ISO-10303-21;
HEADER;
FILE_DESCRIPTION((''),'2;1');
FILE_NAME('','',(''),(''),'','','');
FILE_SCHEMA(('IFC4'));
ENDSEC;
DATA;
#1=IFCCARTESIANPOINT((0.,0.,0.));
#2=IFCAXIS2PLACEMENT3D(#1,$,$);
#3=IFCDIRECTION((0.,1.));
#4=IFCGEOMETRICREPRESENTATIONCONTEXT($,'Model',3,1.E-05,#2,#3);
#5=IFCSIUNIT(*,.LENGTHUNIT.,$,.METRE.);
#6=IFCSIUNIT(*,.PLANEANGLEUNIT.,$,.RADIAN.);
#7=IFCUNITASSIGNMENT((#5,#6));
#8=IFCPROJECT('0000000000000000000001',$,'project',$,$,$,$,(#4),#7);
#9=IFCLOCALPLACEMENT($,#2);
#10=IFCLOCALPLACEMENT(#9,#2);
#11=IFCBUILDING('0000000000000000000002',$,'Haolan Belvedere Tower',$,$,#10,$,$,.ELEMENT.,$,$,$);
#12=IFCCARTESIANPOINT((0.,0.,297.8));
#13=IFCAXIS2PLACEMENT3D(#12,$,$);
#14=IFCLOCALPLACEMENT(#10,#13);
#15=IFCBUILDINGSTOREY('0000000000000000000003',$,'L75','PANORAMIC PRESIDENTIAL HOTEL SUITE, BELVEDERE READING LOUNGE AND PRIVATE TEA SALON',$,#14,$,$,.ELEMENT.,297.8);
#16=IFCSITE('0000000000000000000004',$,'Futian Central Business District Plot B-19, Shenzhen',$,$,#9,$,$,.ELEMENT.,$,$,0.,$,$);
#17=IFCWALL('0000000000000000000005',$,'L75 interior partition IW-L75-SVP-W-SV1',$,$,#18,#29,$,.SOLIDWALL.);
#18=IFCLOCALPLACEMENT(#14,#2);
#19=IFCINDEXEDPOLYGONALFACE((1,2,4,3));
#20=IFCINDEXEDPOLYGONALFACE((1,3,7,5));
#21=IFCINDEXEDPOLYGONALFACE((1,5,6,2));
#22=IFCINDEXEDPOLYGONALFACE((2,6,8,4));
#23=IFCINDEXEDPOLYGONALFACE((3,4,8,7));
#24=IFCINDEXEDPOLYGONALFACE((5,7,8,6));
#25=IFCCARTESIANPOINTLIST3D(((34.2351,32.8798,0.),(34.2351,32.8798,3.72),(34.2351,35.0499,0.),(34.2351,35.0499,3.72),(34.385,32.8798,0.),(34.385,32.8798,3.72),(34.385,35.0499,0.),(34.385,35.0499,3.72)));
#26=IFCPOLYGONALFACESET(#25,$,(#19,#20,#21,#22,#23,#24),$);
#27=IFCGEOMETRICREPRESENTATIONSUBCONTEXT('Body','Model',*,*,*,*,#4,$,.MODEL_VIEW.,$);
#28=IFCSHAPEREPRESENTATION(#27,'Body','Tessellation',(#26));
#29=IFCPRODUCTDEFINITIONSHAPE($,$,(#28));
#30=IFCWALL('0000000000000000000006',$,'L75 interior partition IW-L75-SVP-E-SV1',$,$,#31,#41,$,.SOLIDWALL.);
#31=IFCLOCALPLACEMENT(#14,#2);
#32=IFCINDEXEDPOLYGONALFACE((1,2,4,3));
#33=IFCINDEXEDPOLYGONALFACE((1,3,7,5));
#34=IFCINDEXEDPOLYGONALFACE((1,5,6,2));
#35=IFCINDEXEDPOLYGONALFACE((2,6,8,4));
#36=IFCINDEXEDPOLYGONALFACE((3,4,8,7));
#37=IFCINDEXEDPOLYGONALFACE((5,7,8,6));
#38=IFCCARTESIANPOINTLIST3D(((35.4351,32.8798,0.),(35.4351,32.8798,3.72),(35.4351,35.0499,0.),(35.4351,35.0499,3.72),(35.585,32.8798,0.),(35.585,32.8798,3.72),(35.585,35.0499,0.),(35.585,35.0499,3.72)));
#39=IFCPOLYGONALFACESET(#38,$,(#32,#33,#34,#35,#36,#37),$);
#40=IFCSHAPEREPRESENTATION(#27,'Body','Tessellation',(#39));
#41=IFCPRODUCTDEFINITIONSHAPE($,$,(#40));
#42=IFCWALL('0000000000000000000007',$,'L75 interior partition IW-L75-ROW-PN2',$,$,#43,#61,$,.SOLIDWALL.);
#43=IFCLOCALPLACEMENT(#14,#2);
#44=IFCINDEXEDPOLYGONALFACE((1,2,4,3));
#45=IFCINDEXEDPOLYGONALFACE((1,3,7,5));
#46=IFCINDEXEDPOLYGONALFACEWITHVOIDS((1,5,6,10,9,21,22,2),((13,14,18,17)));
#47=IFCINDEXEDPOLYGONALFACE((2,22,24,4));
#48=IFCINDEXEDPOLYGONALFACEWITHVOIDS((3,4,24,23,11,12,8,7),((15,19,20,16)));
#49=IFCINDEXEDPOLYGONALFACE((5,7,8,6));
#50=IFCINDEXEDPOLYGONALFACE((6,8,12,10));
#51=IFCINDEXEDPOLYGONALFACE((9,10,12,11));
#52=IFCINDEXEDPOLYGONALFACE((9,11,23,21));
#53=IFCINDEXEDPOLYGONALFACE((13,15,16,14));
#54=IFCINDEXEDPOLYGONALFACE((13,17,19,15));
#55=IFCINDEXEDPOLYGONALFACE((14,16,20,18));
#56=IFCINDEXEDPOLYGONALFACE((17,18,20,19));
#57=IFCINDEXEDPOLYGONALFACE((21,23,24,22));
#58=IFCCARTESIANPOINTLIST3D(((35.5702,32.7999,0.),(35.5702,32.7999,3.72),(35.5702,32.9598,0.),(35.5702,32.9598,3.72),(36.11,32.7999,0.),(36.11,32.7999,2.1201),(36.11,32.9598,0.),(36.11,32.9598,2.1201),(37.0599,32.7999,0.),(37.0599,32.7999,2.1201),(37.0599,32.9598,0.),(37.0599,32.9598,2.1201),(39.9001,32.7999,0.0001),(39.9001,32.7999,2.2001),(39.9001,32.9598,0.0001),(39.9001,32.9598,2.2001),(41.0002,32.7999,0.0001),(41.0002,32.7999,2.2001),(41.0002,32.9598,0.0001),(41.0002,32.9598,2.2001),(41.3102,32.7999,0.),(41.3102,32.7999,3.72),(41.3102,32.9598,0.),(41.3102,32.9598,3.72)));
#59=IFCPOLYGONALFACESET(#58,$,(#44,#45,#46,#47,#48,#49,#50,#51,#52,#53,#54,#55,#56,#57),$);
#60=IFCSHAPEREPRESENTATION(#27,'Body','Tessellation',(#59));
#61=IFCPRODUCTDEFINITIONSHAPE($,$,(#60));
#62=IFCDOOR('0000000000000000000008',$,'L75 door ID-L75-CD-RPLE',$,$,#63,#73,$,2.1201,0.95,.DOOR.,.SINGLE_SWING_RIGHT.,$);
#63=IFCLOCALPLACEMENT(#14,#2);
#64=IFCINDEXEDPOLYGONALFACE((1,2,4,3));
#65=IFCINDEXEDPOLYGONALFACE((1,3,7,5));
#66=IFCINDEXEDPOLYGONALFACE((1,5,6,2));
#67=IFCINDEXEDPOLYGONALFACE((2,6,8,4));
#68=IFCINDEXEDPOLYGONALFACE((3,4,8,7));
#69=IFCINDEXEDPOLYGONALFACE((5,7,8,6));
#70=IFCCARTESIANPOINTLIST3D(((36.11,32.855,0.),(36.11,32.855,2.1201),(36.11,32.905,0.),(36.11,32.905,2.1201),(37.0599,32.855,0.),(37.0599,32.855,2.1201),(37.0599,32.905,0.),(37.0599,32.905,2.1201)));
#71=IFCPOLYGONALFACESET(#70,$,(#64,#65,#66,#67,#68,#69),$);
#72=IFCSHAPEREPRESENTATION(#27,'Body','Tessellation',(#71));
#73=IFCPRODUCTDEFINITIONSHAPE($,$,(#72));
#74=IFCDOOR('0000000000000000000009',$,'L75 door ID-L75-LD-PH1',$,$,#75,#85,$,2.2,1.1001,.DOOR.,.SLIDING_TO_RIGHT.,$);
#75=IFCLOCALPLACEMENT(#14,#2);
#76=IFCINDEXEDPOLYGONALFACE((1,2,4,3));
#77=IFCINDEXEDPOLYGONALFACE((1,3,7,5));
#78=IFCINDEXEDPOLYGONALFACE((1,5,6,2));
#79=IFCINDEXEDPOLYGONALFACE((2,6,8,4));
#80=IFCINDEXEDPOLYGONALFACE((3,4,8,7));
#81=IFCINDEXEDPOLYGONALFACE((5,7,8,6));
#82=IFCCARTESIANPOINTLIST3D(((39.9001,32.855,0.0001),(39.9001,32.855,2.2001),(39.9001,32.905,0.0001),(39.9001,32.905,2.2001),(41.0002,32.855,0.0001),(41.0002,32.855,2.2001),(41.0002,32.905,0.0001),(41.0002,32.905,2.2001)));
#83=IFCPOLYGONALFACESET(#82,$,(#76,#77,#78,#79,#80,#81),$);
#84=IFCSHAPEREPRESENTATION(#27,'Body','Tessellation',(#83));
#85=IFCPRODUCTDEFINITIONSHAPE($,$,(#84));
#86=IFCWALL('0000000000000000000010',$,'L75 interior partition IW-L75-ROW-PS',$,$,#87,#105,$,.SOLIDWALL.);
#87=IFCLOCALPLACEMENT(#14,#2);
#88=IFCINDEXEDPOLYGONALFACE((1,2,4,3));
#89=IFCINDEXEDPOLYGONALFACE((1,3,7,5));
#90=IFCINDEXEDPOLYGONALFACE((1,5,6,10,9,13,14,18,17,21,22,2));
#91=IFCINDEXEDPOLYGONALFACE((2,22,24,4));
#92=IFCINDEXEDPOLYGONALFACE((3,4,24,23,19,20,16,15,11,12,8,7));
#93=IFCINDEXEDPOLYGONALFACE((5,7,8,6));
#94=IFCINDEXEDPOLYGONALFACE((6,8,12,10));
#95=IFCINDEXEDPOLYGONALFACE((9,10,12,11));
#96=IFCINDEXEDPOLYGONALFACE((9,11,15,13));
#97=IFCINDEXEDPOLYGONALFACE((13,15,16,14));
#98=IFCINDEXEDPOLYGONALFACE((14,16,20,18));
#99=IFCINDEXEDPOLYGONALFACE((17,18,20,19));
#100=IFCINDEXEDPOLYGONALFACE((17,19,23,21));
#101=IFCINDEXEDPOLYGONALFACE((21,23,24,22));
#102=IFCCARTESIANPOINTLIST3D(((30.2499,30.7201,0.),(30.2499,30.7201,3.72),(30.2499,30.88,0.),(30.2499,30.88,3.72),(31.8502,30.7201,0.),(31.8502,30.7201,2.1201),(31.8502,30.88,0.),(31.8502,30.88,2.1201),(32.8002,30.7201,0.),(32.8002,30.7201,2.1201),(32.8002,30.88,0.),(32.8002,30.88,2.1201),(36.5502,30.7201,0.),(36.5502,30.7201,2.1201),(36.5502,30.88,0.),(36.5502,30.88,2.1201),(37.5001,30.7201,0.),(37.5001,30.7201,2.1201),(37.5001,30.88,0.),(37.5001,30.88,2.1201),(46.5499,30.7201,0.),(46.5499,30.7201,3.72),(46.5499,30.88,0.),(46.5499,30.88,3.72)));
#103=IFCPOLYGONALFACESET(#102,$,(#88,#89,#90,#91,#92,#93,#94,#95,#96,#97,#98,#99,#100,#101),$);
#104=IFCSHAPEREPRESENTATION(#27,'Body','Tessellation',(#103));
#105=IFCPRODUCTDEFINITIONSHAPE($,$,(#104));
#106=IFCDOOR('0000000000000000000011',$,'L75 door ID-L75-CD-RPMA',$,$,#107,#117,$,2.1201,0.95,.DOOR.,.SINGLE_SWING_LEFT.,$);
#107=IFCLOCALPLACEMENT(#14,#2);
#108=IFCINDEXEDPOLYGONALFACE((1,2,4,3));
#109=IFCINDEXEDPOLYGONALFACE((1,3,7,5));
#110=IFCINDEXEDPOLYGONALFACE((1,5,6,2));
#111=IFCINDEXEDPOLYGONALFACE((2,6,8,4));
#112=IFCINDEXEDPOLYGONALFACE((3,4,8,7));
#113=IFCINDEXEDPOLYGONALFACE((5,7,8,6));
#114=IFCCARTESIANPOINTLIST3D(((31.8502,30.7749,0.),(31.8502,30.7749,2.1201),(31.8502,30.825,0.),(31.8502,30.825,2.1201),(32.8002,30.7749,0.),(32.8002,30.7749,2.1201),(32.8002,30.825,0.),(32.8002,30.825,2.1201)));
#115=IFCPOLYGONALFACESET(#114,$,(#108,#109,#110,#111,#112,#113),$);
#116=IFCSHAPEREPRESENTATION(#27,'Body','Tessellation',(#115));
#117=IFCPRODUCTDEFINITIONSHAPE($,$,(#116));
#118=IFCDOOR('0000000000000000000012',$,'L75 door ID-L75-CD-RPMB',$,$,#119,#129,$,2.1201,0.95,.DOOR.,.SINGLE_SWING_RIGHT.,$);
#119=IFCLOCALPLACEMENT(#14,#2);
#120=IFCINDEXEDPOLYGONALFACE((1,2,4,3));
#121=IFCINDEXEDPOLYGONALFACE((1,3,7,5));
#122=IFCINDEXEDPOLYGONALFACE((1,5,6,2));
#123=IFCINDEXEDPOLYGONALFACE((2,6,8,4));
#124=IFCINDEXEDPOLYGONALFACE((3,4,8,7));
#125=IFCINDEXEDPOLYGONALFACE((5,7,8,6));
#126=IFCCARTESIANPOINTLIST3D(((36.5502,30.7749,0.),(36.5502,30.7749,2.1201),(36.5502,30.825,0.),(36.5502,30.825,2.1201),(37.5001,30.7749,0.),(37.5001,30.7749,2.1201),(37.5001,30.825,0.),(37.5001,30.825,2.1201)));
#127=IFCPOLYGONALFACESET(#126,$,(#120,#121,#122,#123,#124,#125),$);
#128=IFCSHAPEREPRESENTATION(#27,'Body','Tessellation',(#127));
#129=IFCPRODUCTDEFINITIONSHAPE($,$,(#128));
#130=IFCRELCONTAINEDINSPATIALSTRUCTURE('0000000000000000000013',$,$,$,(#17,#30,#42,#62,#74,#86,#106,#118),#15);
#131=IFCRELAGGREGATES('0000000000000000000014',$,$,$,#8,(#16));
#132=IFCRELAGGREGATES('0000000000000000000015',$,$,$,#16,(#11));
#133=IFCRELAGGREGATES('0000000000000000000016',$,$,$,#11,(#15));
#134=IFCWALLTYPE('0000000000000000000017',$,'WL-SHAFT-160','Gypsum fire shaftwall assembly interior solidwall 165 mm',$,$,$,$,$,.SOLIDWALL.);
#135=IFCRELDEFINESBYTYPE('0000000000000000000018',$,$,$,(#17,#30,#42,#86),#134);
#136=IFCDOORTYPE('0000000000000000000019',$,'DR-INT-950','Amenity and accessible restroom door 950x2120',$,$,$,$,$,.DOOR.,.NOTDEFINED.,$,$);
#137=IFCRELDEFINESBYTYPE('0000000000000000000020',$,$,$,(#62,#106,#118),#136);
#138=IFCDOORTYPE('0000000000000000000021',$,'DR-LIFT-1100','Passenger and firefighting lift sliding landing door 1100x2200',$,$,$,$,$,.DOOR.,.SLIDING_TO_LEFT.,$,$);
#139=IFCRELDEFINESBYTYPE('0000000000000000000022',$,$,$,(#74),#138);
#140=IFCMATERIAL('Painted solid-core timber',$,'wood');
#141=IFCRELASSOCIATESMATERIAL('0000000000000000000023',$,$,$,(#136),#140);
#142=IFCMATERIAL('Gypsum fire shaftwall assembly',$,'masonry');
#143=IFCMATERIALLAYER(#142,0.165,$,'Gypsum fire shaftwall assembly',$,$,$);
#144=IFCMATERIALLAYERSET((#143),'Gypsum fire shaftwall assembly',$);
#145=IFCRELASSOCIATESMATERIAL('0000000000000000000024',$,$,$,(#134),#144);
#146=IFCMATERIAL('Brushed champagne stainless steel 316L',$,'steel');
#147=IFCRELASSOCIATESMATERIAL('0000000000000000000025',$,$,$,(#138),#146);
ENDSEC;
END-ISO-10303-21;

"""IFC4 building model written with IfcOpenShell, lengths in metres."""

from ifc_helpers import new_model, si_unit, direction, frame, frame_2d, origin, place, context, subcontext, project, spatial, rectangle, extrude, material, layer, layer_set, type_object, element, fill, save


model = new_model("IFC4")

# Units and contexts
model_context = context("Model", 3, precision=1e-05, world=origin(), true_north=direction((0.0, 1.0)))
body_context = subcontext(model_context, "Body", "Model", "MODEL_VIEW")
ifc_project = project(units=[si_unit("LENGTHUNIT", "METRE"), si_unit("PLANEANGLEUNIT", "RADIAN")], contexts=[model_context])

# Site, building, storey
site_placement = place(None, origin())
site = spatial("IfcSite", under=ifc_project, at=site_placement, Name="Futian Central Business District Plot B-19, Shenzhen", CompositionType="ELEMENT", RefElevation=0.0)
building_placement = place(site_placement, origin())
building = spatial("IfcBuilding", under=site, at=building_placement, Name="Haolan Belvedere Tower", CompositionType="ELEMENT")
storey_placement = place(building_placement, frame((0.0, 0.0, 297.8)))
storey = spatial("IfcBuildingStorey", under=building, at=storey_placement, Name="L75", Description="PANORAMIC PRESIDENTIAL HOTEL SUITE, BELVEDERE READING LOUNGE AND PRIVATE TEA SALON", CompositionType="ELEMENT", Elevation=297.8)

# Shared definitions
ifc_material_1 = material(Name="Painted solid-core timber", Category="wood")
door_type_1 = type_object("IfcDoorType", Name="DR-INT-950", Description="Amenity and accessible restroom door 950x2120", OperationType="NOTDEFINED", PredefinedType="DOOR", material=ifc_material_1)

# Walls
ifc_material_2 = material(Name="Gypsum fire shaftwall assembly", Category="masonry")
ifc_layer_1 = layer(ifc_material_2, 0.165, Name="Gypsum fire shaftwall assembly")
ifc_layer_set_1 = layer_set([ifc_layer_1], Name="Gypsum fire shaftwall assembly")
wall_type_1 = type_object("IfcWallType", Name="WL-SHAFT-160", Description="Gypsum fire shaftwall assembly interior solidwall 165 mm", PredefinedType="SOLIDWALL", material=ifc_layer_set_1)
for number, where, z_axis, x_axis, name in (
    (1, (34.3101, 32.8799, 0.0), (0.0, 0.0, 1.0), (0.0, 1.0, 0.0), "L75 interior partition IW-L75-SVP-W-SV1"),
    (2, (35.51, 32.8799, 0.0), (0.0, 0.0, 1.0), (0.0, 1.0, 0.0), "L75 interior partition IW-L75-SVP-E-SV1"),
):
    element("IfcWall", number, at=place(storey_placement, frame(where, z_axis=z_axis, x_axis=x_axis)), inside=storey, type_object=wall_type_1, Name=name, PredefinedType="SOLIDWALL", context=body_context, shape_type="SweptSolid", body=[
        extrude(rectangle(XDim=2.1702, YDim=0.1499, at=frame_2d((1.085, 0.0))), origin(), (0.0, 0.0, 1.0), 3.72),
    ])

# Walls, openings, doors
wall_1_placement = place(storey_placement, frame((35.5701, 32.8799, 0.0), z_axis=(0.0, 0.0, 1.0), x_axis=(1.0, 0.0, 0.0)))
wall_1 = element("IfcWall", 3, at=wall_1_placement, inside=storey, type_object=wall_type_1, Name="L75 interior partition IW-L75-ROW-PN2", PredefinedType="SOLIDWALL", context=body_context, shape_type="SweptSolid", body=[
    extrude(rectangle(XDim=5.74, YDim=0.1599, at=frame_2d((2.8701, 0.0))), origin(), (0.0, 0.0, 1.0), 3.72),
])
opening_1_placement = place(wall_1_placement, frame((1.49, 0.0, 0.0), z_axis=(0.0, 0.0, 1.0), x_axis=(-1.0, 0.0, 0.0)))
opening_1 = element("IfcOpeningElement", 4, at=opening_1_placement, cuts=wall_1, PredefinedType="OPENING", context=body_context, shape_type="SweptSolid", body=[
    extrude(rectangle(XDim=0.95, YDim=2.1201, at=frame_2d((0.4751, 1.0601))), frame((0.0, 0.0898, 0.0), z_axis=(0.0, -1.0, 0.0), x_axis=(1.0, 0.0, 0.0)), (0.0, 0.0, 1.0), 0.1799),
])
opening_2_placement = place(wall_1_placement, frame((5.4302, 0.0, 0.0), z_axis=(0.0, 0.0, 1.0), x_axis=(-1.0, 0.0, 0.0)))
opening_2 = element("IfcOpeningElement", 5, at=opening_2_placement, cuts=wall_1, PredefinedType="OPENING", context=body_context, shape_type="SweptSolid", body=[
    extrude(rectangle(XDim=1.1001, YDim=2.2, at=frame_2d((0.55, 1.1001))), frame((0.0, 0.0898, 0.0), z_axis=(0.0, -1.0, 0.0), x_axis=(1.0, 0.0, 0.0)), (0.0, 0.0, 1.0), 0.1799),
])
door_1_placement = place(opening_1_placement, origin())
door_1 = element("IfcDoor", 6, at=door_1_placement, inside=storey, type_object=door_type_1, Name="L75 door ID-L75-CD-RPLE", OperationType="SINGLE_SWING_RIGHT", OverallHeight=2.1201, OverallWidth=0.95, PredefinedType="DOOR", context=body_context, shape_type="SweptSolid", body=[
    extrude(rectangle(XDim=0.95, YDim=2.1201, at=frame_2d((0.4751, 1.0601))), frame((0.0, 0.0249, 0.0), z_axis=(0.0, -1.0, 0.0), x_axis=(1.0, 0.0, 0.0)), (0.0, 0.0, 1.0), 0.05),
])
fill(opening_1, door_1)
ifc_material_3 = material(Name="Brushed champagne stainless steel 316L", Category="steel")
door_type_2 = type_object("IfcDoorType", Name="DR-LIFT-1100", Description="Passenger and firefighting lift sliding landing door 1100x2200", OperationType="SLIDING_TO_LEFT", PredefinedType="DOOR", material=ifc_material_3)
door_2_placement = place(opening_2_placement, origin())
door_2 = element("IfcDoor", 7, at=door_2_placement, inside=storey, type_object=door_type_2, Name="L75 door ID-L75-LD-PH1", OperationType="SLIDING_TO_RIGHT", OverallHeight=2.2, OverallWidth=1.1001, PredefinedType="DOOR", context=body_context, shape_type="SweptSolid", body=[
    extrude(rectangle(XDim=1.1001, YDim=2.2, at=frame_2d((0.55, 1.1001))), frame((0.0, 0.0249, 0.0), z_axis=(0.0, -1.0, 0.0), x_axis=(1.0, 0.0, 0.0)), (0.0, 0.0, 1.0), 0.05),
])
fill(opening_2, door_2)
wall_2_placement = place(storey_placement, frame((30.25, 30.8, 0.0), z_axis=(0.0, 0.0, 1.0), x_axis=(1.0, 0.0, 0.0)))
wall_2 = element("IfcWall", 8, at=wall_2_placement, inside=storey, type_object=wall_type_1, Name="L75 interior partition IW-L75-ROW-PS", PredefinedType="SOLIDWALL", context=body_context, shape_type="SweptSolid", body=[
    extrude(rectangle(XDim=16.3, YDim=0.1599, at=frame_2d((8.1499, 0.0))), origin(), (0.0, 0.0, 1.0), 3.72),
])
opening_3_placement = place(wall_2_placement, frame((1.6001, 0.0, 0.0)))
opening_3 = element("IfcOpeningElement", 9, at=opening_3_placement, cuts=wall_2, PredefinedType="OPENING", context=body_context, shape_type="SweptSolid", body=[
    extrude(rectangle(XDim=0.95, YDim=2.1201, at=frame_2d((0.4751, 1.0601))), frame((0.0, 0.0898, 0.0), z_axis=(0.0, -1.0, 0.0), x_axis=(1.0, 0.0, 0.0)), (0.0, 0.0, 1.0), 0.1799),
])
opening_4_placement = place(wall_2_placement, frame((6.3, 0.0, 0.0)))
opening_4 = element("IfcOpeningElement", 10, at=opening_4_placement, cuts=wall_2, PredefinedType="OPENING", context=body_context, shape_type="SweptSolid", body=[
    extrude(rectangle(XDim=0.95, YDim=2.1201, at=frame_2d((0.4751, 1.0601))), frame((0.0, 0.0898, 0.0), z_axis=(0.0, -1.0, 0.0), x_axis=(1.0, 0.0, 0.0)), (0.0, 0.0, 1.0), 0.1799),
])
door_3_placement = place(opening_3_placement, origin())
door_3 = element("IfcDoor", 11, at=door_3_placement, inside=storey, type_object=door_type_1, Name="L75 door ID-L75-CD-RPMA", OperationType="SINGLE_SWING_LEFT", OverallHeight=2.1201, OverallWidth=0.95, PredefinedType="DOOR", context=body_context, shape_type="SweptSolid", body=[
    extrude(rectangle(XDim=0.95, YDim=2.1201, at=frame_2d((0.4751, 1.0601))), frame((0.0, 0.0249, 0.0), z_axis=(0.0, -1.0, 0.0), x_axis=(1.0, 0.0, 0.0)), (0.0, 0.0, 1.0), 0.05),
])
fill(opening_3, door_3)
door_4_placement = place(opening_4_placement, origin())
door_4 = element("IfcDoor", 12, at=door_4_placement, inside=storey, type_object=door_type_1, Name="L75 door ID-L75-CD-RPMB", OperationType="SINGLE_SWING_RIGHT", OverallHeight=2.1201, OverallWidth=0.95, PredefinedType="DOOR", context=body_context, shape_type="SweptSolid", body=[
    extrude(rectangle(XDim=0.95, YDim=2.1201, at=frame_2d((0.4751, 1.0601))), frame((0.0, 0.0249, 0.0), z_axis=(0.0, -1.0, 0.0), x_axis=(1.0, 0.0, 0.0)), (0.0, 0.0, 1.0), 0.05),
])
fill(opening_4, door_4)

save(model, "model.ifc")
